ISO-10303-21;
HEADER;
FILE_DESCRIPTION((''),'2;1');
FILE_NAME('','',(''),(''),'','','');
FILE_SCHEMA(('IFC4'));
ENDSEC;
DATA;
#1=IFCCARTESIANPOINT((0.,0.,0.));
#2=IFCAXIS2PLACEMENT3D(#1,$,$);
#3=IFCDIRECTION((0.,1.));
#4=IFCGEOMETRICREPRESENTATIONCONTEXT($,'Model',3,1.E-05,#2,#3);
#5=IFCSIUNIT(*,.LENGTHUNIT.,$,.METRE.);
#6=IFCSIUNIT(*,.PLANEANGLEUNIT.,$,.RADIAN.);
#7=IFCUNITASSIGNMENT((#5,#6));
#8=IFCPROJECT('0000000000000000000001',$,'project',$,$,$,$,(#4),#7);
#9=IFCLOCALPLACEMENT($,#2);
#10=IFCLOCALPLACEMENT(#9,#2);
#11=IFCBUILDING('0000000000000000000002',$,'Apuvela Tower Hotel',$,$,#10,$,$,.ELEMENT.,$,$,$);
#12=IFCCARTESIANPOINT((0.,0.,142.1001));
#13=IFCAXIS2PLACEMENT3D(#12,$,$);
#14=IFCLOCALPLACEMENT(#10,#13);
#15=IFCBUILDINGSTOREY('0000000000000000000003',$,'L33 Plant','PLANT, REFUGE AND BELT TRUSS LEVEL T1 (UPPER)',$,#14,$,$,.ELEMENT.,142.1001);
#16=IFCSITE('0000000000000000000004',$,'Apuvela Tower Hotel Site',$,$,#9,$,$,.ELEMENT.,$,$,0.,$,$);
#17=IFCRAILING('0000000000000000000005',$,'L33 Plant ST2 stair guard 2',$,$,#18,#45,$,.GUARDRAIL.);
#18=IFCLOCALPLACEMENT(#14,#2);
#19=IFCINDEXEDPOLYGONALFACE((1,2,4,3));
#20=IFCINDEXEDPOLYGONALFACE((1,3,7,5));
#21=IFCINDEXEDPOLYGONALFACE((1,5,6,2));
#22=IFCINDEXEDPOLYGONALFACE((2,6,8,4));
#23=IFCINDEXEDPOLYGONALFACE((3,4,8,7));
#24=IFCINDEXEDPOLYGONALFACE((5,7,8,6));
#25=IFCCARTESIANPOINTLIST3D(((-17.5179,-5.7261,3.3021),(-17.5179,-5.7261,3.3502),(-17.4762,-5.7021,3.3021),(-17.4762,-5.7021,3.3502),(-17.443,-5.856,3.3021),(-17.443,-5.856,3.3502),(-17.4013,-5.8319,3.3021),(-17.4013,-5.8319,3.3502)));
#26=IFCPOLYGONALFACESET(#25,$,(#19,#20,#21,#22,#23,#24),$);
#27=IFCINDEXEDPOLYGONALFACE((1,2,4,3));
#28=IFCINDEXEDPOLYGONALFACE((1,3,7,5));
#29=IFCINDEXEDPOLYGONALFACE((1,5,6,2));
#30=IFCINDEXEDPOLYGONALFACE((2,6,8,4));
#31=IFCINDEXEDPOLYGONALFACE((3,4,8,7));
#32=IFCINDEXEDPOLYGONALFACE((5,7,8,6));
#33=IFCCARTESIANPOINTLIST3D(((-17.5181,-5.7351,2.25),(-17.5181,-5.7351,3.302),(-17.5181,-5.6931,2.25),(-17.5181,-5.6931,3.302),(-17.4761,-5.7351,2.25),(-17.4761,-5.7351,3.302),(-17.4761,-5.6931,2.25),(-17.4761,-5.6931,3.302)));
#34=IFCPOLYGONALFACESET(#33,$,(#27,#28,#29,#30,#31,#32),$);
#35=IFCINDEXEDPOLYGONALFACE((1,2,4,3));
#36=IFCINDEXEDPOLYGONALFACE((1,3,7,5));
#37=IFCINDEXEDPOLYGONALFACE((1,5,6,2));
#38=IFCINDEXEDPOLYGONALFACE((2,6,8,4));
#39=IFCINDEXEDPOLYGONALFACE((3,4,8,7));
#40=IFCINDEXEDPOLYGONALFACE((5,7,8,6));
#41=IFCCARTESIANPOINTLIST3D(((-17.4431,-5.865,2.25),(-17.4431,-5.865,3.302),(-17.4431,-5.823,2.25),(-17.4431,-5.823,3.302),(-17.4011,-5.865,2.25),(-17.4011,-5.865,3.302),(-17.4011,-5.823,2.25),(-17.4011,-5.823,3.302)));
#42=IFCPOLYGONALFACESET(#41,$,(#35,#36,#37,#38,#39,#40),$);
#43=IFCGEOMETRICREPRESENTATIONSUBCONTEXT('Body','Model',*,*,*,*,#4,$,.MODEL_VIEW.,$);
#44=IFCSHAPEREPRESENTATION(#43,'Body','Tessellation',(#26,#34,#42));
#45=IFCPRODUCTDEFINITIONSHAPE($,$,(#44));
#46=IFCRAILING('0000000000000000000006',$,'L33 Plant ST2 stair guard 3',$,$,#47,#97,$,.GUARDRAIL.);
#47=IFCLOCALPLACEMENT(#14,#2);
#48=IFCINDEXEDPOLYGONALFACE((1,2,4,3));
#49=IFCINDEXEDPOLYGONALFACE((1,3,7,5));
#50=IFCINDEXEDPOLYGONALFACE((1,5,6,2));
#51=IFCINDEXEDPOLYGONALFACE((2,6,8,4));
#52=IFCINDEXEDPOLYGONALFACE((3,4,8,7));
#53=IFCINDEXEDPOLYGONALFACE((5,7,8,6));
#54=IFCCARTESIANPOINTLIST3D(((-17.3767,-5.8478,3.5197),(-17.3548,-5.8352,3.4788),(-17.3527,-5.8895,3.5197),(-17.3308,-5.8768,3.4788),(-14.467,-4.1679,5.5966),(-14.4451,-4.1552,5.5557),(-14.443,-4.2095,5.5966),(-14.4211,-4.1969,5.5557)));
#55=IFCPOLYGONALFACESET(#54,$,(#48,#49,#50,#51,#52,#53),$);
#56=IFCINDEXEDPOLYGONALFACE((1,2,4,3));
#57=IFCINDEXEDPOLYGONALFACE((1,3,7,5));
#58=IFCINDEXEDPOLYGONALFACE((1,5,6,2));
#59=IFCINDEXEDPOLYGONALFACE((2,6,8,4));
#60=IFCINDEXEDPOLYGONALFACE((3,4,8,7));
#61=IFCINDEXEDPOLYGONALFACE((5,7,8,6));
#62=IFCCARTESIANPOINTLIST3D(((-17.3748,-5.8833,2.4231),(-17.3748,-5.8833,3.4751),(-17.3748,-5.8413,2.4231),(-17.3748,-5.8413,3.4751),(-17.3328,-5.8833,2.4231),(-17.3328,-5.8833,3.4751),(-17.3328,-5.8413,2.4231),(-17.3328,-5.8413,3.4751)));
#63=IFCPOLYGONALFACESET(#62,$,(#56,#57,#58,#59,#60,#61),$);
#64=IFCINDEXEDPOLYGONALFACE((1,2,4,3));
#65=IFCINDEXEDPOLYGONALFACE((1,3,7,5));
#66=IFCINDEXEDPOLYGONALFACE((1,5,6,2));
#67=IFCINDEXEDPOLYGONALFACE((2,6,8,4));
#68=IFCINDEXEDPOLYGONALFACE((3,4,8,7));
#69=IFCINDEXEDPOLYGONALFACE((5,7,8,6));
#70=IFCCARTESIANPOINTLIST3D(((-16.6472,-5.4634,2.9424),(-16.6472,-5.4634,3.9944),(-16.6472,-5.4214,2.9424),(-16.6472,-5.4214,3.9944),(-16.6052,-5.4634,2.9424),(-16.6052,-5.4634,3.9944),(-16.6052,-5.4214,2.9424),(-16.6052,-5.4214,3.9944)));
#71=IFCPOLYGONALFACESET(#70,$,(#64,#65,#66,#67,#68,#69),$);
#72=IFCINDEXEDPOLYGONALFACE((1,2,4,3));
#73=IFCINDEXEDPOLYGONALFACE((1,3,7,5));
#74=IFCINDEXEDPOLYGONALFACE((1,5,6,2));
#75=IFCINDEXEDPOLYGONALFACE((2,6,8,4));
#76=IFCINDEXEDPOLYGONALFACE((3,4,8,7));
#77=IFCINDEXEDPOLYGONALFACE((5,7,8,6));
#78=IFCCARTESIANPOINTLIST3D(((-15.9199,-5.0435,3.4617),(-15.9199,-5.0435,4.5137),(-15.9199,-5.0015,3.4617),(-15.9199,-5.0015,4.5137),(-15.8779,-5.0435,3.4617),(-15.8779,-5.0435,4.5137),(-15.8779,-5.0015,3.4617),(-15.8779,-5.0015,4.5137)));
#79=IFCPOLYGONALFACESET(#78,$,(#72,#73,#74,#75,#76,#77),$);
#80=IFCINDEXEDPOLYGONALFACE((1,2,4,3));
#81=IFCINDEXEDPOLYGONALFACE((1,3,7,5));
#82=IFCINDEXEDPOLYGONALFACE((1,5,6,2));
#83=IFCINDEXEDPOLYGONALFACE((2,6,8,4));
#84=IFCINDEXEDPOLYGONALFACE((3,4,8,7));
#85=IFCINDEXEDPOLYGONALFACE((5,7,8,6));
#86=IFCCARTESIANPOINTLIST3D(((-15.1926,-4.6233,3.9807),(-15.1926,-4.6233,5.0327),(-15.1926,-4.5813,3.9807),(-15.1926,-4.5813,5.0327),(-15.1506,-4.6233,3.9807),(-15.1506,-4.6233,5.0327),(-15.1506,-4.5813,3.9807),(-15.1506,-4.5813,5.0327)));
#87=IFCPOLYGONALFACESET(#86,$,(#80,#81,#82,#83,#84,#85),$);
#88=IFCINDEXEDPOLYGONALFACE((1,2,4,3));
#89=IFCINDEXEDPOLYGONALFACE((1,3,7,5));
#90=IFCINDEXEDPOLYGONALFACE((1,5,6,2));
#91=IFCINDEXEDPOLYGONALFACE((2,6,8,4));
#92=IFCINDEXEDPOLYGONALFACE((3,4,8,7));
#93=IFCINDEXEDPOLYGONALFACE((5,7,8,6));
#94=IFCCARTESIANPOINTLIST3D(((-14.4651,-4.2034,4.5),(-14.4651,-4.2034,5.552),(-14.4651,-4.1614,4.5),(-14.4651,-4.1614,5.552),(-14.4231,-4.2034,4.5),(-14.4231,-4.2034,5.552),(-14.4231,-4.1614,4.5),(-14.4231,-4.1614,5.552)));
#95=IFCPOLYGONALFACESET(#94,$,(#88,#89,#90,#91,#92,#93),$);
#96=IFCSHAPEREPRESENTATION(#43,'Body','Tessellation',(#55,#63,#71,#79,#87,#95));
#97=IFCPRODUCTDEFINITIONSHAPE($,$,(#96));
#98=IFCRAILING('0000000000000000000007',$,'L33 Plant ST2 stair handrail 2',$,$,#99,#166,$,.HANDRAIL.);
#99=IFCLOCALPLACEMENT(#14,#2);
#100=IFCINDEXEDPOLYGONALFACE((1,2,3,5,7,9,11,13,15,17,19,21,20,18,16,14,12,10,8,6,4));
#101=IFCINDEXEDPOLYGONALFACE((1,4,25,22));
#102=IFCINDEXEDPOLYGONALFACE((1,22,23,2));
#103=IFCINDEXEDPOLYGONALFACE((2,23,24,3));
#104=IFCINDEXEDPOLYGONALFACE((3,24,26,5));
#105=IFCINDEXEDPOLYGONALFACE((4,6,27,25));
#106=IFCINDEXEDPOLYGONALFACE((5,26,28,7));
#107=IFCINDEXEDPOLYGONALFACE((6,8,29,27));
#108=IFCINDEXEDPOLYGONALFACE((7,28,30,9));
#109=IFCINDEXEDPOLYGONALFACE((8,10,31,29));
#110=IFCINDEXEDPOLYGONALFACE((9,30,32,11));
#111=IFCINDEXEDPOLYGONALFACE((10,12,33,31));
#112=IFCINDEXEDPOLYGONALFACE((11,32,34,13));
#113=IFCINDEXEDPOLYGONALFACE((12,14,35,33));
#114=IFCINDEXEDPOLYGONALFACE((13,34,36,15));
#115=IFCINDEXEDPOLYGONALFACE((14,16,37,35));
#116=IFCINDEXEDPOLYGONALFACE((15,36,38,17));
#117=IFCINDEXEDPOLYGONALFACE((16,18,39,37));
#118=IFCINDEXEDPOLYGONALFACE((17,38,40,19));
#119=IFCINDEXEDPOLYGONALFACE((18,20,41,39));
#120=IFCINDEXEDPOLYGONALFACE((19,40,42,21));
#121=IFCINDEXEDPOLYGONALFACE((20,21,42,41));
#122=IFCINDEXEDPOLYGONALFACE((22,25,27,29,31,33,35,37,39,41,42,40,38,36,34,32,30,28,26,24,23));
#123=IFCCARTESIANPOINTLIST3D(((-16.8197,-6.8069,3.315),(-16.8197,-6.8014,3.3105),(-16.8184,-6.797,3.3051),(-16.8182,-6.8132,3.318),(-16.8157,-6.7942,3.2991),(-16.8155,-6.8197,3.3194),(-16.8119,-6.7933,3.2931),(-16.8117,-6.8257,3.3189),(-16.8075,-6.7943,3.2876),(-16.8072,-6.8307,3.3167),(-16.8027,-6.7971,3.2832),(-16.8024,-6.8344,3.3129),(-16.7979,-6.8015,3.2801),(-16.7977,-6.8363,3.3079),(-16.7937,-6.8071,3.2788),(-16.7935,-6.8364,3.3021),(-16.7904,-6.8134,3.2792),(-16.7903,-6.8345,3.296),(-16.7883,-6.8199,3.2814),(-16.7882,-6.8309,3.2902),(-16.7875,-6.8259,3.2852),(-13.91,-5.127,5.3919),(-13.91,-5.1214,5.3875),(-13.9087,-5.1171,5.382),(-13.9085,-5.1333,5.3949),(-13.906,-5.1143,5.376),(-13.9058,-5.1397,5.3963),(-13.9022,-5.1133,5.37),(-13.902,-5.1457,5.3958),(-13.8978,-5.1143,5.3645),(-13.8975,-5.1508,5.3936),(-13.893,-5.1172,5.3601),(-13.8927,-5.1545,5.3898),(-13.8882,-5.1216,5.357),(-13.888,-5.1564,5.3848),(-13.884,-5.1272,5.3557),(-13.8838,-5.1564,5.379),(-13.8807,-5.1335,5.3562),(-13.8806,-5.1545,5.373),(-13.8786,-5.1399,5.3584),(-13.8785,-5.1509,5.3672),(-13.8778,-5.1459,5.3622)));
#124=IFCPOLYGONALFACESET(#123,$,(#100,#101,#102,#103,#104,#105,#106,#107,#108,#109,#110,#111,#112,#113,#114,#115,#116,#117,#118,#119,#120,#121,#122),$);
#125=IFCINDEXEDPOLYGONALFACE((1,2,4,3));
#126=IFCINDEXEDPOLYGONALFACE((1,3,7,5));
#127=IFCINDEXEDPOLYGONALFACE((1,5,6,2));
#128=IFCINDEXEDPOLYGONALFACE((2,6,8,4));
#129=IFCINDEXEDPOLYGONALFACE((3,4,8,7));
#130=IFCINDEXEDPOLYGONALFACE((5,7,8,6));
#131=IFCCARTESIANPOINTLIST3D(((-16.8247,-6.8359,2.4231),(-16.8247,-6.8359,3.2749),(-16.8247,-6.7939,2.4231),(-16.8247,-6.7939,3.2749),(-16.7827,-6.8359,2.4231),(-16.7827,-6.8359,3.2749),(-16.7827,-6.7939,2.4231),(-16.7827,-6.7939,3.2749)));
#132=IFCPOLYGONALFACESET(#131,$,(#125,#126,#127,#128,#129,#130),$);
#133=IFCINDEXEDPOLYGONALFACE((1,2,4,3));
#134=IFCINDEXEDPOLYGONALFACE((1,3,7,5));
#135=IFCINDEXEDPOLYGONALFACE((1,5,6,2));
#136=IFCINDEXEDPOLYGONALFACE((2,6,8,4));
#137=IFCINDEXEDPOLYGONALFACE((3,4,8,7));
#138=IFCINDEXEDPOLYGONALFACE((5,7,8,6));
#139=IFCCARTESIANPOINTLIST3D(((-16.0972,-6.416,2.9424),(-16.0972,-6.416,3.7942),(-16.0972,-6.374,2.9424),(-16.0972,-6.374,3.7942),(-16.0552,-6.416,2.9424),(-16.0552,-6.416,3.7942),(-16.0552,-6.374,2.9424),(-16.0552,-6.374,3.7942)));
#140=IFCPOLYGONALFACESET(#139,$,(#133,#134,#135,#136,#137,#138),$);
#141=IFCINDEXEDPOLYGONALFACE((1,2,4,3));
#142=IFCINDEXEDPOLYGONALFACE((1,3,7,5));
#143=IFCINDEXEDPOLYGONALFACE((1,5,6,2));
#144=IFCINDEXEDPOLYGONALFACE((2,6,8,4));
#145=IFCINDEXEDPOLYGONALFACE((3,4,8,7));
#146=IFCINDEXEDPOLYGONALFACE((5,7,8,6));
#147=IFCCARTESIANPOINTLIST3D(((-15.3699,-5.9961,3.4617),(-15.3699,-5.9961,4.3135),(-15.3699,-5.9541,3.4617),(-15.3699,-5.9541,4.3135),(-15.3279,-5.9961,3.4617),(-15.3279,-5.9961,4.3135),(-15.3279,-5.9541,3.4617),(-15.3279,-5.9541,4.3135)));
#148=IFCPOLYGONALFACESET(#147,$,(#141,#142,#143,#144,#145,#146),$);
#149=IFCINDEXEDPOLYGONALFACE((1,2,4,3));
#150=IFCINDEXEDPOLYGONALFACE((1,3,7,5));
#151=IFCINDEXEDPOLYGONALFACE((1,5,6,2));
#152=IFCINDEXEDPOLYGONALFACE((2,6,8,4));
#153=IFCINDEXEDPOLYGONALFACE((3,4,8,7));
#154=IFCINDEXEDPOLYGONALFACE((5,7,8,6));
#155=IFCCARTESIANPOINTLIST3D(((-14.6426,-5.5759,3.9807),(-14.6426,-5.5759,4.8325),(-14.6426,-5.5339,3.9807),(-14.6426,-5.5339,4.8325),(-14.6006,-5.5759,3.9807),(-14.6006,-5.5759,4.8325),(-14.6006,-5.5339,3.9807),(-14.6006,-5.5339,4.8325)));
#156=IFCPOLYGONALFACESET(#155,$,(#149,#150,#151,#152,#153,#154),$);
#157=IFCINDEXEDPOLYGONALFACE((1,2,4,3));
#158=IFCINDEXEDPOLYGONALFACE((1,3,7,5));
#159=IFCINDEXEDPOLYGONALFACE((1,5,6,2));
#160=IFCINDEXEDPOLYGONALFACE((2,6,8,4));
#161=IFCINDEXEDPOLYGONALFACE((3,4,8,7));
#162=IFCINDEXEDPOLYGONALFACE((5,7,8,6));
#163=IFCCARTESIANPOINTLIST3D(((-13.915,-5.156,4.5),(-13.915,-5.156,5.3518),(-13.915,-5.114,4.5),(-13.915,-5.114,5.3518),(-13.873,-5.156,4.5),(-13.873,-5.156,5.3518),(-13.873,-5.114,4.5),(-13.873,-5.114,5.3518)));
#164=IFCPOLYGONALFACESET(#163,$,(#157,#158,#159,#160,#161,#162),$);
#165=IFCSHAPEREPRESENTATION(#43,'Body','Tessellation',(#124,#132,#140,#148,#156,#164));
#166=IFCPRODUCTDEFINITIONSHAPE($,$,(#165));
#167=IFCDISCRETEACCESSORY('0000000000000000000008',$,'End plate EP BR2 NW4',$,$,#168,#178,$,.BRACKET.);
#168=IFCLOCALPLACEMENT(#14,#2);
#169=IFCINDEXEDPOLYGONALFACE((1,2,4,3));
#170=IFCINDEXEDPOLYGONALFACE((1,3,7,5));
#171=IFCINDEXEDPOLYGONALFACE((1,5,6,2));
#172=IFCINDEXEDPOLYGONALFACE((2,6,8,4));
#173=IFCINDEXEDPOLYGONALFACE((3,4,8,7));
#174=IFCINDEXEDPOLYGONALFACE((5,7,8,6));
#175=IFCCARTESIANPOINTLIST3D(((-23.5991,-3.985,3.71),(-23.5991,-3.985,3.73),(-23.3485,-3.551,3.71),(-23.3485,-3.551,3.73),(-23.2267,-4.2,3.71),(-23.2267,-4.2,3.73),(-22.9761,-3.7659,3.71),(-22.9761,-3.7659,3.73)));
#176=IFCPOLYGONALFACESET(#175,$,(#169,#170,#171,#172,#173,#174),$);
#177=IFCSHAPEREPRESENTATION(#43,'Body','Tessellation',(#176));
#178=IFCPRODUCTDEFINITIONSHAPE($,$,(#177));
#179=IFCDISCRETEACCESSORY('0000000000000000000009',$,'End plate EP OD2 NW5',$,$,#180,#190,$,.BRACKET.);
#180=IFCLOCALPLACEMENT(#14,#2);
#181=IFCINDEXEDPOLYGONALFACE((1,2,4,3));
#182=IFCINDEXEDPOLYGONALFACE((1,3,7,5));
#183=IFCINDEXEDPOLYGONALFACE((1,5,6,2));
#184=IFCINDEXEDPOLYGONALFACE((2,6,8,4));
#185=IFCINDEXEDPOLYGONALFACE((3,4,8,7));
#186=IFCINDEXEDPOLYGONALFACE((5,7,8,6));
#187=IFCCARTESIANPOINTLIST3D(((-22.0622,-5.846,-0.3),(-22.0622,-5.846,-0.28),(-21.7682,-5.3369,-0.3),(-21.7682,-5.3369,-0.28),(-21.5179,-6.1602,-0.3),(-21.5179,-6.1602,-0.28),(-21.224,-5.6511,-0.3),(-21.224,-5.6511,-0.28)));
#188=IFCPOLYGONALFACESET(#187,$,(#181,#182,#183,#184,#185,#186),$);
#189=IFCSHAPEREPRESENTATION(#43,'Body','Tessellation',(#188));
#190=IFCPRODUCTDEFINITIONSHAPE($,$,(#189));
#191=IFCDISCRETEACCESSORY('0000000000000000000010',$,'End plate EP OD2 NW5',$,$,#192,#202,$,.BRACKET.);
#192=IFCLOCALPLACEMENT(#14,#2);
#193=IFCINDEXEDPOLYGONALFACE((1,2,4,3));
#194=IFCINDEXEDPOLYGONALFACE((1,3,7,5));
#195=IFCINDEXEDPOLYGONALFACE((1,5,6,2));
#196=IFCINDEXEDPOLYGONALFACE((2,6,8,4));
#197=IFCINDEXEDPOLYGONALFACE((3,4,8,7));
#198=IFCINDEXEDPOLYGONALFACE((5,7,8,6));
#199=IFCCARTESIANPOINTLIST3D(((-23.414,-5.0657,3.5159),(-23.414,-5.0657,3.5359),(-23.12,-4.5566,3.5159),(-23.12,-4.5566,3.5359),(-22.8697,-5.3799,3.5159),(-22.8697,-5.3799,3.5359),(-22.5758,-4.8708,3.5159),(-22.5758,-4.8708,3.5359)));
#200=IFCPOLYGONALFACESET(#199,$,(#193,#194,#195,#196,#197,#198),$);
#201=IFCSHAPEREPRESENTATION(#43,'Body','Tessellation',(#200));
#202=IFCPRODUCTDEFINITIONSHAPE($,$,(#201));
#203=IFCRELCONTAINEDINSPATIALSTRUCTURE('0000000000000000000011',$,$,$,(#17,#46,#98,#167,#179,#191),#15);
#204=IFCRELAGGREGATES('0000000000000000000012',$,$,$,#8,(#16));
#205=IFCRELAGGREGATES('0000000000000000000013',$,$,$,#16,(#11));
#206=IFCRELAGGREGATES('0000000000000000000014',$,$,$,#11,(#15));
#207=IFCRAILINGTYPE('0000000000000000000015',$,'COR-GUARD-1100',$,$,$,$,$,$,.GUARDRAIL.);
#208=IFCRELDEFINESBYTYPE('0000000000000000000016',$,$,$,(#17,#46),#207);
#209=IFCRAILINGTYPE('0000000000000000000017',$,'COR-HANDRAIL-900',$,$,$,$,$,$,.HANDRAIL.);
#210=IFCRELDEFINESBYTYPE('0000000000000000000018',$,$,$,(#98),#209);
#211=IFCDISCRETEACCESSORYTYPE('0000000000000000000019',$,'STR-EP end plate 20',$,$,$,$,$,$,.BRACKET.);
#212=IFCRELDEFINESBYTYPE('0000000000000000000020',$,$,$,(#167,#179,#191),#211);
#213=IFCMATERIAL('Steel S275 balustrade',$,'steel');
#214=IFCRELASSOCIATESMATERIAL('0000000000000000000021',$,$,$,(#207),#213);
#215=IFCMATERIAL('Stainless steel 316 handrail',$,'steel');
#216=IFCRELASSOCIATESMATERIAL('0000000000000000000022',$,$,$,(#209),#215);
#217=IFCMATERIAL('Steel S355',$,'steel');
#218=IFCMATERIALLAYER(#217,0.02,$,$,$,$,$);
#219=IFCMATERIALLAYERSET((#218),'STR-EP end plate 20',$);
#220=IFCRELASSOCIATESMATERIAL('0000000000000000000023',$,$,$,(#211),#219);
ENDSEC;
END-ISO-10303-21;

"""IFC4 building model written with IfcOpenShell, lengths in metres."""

from ifc_helpers import new_model, si_unit, direction, frame, origin, origin_2d, place, context, subcontext, project, spatial, rectangle, circle, extrude, material, layer, layer_set, type_object, element, save


model = new_model("IFC4")

# Units and contexts
model_context = context("Model", 3, precision=1e-05, world=origin(), true_north=direction((0.0, 1.0)))
body_context = subcontext(model_context, "Body", "Model", "MODEL_VIEW")
ifc_project = project(units=[si_unit("LENGTHUNIT", "METRE"), si_unit("PLANEANGLEUNIT", "RADIAN")], contexts=[model_context])

# Site, building, storey
site_placement = place(None, origin())
site = spatial("IfcSite", under=ifc_project, at=site_placement, Name="Apuvela Tower Hotel Site", CompositionType="ELEMENT", RefElevation=0.0)
building_placement = place(site_placement, origin())
building = spatial("IfcBuilding", under=site, at=building_placement, Name="Apuvela Tower Hotel", CompositionType="ELEMENT")
storey_placement = place(building_placement, frame((0.0, 0.0, 142.1001)))
storey = spatial("IfcBuildingStorey", under=building, at=storey_placement, Name="L33 Plant", Description="PLANT, REFUGE AND BELT TRUSS LEVEL T1 (UPPER)", CompositionType="ELEMENT", Elevation=142.1001)

# Shared definitions
ifc_material_1 = material(Name="Steel S355", Category="steel")

# Railings
ifc_material_2 = material(Name="Steel S275 balustrade", Category="steel")
railing_type_1 = type_object("IfcRailingType", Name="COR-GUARD-1100", PredefinedType="GUARDRAIL", material=ifc_material_2)
railing_1_placement = place(storey_placement, frame((-17.4971, -5.7141, 2.25)))
element("IfcRailing", 1, at=railing_1_placement, inside=storey, type_object=railing_type_1, Name="L33 Plant ST2 stair guard 2", PredefinedType="GUARDRAIL", context=body_context, shape_type="SweptSolid", body=[
    extrude(rectangle(XDim=0.0481, YDim=0.0481, at=origin_2d()), frame((0.0, 0.0, 1.0762), z_axis=(0.499816, -0.866131, 0.0), x_axis=(0.866131, 0.499816, 0.0)), (0.0, 0.0, 1.0), 0.1499),
    extrude(rectangle(XDim=0.042, YDim=0.042, at=origin_2d()), origin(), (0.0, 0.0, 1.0), 1.052),
    extrude(rectangle(XDim=0.042, YDim=0.042, at=origin_2d()), frame((0.075, -0.1299, 0.0)), (0.0, 0.0, 1.0), 1.052),
])
railing_2_placement = place(storey_placement, frame((-17.3538, -5.8623, 2.4231)))
element("IfcRailing", 2, at=railing_2_placement, inside=storey, type_object=railing_type_1, Name="L33 Plant ST2 stair guard 3", PredefinedType="GUARDRAIL", context=body_context, shape_type="SweptSolid", body=[
    extrude(rectangle(XDim=0.0481, YDim=0.0481, at=origin_2d()), frame((0.0, 0.0, 1.0762), z_axis=(0.73664, 0.425308, 0.525809), x_axis=(-0.500008, 0.866021, 0.0)), (0.0, 0.0, 1.0), 3.95),
    extrude(rectangle(XDim=0.042, YDim=0.042, at=origin_2d()), origin(), (0.0, 0.0, 1.0), 1.052),
    extrude(rectangle(XDim=0.042, YDim=0.042, at=origin_2d()), frame((0.7275, 0.4199, 0.5193)), (0.0, 0.0, 1.0), 1.052),
    extrude(rectangle(XDim=0.042, YDim=0.042, at=origin_2d()), frame((1.4548, 0.8398, 1.0386)), (0.0, 0.0, 1.0), 1.052),
    extrude(rectangle(XDim=0.042, YDim=0.042, at=origin_2d()), frame((2.1821, 1.26, 1.5576)), (0.0, 0.0, 1.0), 1.052),
    extrude(rectangle(XDim=0.042, YDim=0.042, at=origin_2d()), frame((2.9097, 1.6799, 2.0769)), (0.0, 0.0, 1.0), 1.052),
])
ifc_material_3 = material(Name="Stainless steel 316 handrail", Category="steel")
railing_type_2 = type_object("IfcRailingType", Name="COR-HANDRAIL-900", PredefinedType="HANDRAIL", material=ifc_material_3)
railing_3_placement = place(storey_placement, frame((-16.8037, -6.8149, 2.4231)))
element("IfcRailing", 3, at=railing_3_placement, inside=storey, type_object=railing_type_2, Name="L33 Plant ST2 stair handrail 2", PredefinedType="HANDRAIL", context=body_context, shape_type="SweptSolid", body=[
    extrude(circle(Radius=0.0239, at=origin_2d()), frame((0.0, 0.0, 0.876), z_axis=(0.73664, 0.425308, 0.525809), x_axis=(-0.500008, 0.866021, 0.0)), (0.0, 0.0, 1.0), 3.95),
    extrude(rectangle(XDim=0.042, YDim=0.042, at=origin_2d()), origin(), (0.0, 0.0, 1.0), 0.8518),
    extrude(rectangle(XDim=0.042, YDim=0.042, at=origin_2d()), frame((0.7275, 0.4199, 0.5193)), (0.0, 0.0, 1.0), 0.8518),
    extrude(rectangle(XDim=0.042, YDim=0.042, at=origin_2d()), frame((1.4548, 0.8398, 1.0386)), (0.0, 0.0, 1.0), 0.8518),
    extrude(rectangle(XDim=0.042, YDim=0.042, at=origin_2d()), frame((2.1821, 1.26, 1.5576)), (0.0, 0.0, 1.0), 0.8518),
    extrude(rectangle(XDim=0.042, YDim=0.042, at=origin_2d()), frame((2.9097, 1.6799, 2.0769)), (0.0, 0.0, 1.0), 0.8518),
])

# Discrete accessories
ifc_layer_1 = layer(ifc_material_1, 0.02)
ifc_layer_set_1 = layer_set([ifc_layer_1], Name="STR-EP end plate 20")
discrete_accessory_type = type_object("IfcDiscreteAccessoryType", Name="STR-EP end plate 20", PredefinedType="BRACKET", material=ifc_layer_set_1)
discrete_accessory_placement = place(storey_placement, frame((-23.2876, -3.8755, 3.71), z_axis=(0.0, 0.0, 1.0), x_axis=(-0.5, -0.866025, 0.0)))
element("IfcDiscreteAccessory", 4, at=discrete_accessory_placement, inside=storey, type_object=discrete_accessory_type, Name="End plate EP BR2 NW4", PredefinedType="BRACKET", context=body_context, shape_type="SweptSolid", body=[
    extrude(rectangle(XDim=0.5012, YDim=0.4299, at=origin_2d()), origin(), (0.0, 0.0, 1.0), 0.02),
])
for number, where, z_axis, x_axis, name in (
    (5, (-21.6431, -5.7485, -0.3), (0.0, 0.0, 1.0), (-0.866025, 0.5, 0.0), "End plate EP OD2 NW5"),
    (6, (-22.9949, -4.9683, 3.5159), (0.0, 0.0, 1.0), (-0.866025, 0.5, 0.0), "End plate EP OD2 NW5"),
):
    element("IfcDiscreteAccessory", number, at=place(storey_placement, frame(where, z_axis=z_axis, x_axis=x_axis)), inside=storey, type_object=discrete_accessory_type, Name=name, PredefinedType="BRACKET", context=body_context, shape_type="SweptSolid", body=[
        extrude(rectangle(XDim=0.6284, YDim=0.5879, at=origin_2d()), origin(), (0.0, 0.0, 1.0), 0.02),
    ])

save(model, "model.ifc")
